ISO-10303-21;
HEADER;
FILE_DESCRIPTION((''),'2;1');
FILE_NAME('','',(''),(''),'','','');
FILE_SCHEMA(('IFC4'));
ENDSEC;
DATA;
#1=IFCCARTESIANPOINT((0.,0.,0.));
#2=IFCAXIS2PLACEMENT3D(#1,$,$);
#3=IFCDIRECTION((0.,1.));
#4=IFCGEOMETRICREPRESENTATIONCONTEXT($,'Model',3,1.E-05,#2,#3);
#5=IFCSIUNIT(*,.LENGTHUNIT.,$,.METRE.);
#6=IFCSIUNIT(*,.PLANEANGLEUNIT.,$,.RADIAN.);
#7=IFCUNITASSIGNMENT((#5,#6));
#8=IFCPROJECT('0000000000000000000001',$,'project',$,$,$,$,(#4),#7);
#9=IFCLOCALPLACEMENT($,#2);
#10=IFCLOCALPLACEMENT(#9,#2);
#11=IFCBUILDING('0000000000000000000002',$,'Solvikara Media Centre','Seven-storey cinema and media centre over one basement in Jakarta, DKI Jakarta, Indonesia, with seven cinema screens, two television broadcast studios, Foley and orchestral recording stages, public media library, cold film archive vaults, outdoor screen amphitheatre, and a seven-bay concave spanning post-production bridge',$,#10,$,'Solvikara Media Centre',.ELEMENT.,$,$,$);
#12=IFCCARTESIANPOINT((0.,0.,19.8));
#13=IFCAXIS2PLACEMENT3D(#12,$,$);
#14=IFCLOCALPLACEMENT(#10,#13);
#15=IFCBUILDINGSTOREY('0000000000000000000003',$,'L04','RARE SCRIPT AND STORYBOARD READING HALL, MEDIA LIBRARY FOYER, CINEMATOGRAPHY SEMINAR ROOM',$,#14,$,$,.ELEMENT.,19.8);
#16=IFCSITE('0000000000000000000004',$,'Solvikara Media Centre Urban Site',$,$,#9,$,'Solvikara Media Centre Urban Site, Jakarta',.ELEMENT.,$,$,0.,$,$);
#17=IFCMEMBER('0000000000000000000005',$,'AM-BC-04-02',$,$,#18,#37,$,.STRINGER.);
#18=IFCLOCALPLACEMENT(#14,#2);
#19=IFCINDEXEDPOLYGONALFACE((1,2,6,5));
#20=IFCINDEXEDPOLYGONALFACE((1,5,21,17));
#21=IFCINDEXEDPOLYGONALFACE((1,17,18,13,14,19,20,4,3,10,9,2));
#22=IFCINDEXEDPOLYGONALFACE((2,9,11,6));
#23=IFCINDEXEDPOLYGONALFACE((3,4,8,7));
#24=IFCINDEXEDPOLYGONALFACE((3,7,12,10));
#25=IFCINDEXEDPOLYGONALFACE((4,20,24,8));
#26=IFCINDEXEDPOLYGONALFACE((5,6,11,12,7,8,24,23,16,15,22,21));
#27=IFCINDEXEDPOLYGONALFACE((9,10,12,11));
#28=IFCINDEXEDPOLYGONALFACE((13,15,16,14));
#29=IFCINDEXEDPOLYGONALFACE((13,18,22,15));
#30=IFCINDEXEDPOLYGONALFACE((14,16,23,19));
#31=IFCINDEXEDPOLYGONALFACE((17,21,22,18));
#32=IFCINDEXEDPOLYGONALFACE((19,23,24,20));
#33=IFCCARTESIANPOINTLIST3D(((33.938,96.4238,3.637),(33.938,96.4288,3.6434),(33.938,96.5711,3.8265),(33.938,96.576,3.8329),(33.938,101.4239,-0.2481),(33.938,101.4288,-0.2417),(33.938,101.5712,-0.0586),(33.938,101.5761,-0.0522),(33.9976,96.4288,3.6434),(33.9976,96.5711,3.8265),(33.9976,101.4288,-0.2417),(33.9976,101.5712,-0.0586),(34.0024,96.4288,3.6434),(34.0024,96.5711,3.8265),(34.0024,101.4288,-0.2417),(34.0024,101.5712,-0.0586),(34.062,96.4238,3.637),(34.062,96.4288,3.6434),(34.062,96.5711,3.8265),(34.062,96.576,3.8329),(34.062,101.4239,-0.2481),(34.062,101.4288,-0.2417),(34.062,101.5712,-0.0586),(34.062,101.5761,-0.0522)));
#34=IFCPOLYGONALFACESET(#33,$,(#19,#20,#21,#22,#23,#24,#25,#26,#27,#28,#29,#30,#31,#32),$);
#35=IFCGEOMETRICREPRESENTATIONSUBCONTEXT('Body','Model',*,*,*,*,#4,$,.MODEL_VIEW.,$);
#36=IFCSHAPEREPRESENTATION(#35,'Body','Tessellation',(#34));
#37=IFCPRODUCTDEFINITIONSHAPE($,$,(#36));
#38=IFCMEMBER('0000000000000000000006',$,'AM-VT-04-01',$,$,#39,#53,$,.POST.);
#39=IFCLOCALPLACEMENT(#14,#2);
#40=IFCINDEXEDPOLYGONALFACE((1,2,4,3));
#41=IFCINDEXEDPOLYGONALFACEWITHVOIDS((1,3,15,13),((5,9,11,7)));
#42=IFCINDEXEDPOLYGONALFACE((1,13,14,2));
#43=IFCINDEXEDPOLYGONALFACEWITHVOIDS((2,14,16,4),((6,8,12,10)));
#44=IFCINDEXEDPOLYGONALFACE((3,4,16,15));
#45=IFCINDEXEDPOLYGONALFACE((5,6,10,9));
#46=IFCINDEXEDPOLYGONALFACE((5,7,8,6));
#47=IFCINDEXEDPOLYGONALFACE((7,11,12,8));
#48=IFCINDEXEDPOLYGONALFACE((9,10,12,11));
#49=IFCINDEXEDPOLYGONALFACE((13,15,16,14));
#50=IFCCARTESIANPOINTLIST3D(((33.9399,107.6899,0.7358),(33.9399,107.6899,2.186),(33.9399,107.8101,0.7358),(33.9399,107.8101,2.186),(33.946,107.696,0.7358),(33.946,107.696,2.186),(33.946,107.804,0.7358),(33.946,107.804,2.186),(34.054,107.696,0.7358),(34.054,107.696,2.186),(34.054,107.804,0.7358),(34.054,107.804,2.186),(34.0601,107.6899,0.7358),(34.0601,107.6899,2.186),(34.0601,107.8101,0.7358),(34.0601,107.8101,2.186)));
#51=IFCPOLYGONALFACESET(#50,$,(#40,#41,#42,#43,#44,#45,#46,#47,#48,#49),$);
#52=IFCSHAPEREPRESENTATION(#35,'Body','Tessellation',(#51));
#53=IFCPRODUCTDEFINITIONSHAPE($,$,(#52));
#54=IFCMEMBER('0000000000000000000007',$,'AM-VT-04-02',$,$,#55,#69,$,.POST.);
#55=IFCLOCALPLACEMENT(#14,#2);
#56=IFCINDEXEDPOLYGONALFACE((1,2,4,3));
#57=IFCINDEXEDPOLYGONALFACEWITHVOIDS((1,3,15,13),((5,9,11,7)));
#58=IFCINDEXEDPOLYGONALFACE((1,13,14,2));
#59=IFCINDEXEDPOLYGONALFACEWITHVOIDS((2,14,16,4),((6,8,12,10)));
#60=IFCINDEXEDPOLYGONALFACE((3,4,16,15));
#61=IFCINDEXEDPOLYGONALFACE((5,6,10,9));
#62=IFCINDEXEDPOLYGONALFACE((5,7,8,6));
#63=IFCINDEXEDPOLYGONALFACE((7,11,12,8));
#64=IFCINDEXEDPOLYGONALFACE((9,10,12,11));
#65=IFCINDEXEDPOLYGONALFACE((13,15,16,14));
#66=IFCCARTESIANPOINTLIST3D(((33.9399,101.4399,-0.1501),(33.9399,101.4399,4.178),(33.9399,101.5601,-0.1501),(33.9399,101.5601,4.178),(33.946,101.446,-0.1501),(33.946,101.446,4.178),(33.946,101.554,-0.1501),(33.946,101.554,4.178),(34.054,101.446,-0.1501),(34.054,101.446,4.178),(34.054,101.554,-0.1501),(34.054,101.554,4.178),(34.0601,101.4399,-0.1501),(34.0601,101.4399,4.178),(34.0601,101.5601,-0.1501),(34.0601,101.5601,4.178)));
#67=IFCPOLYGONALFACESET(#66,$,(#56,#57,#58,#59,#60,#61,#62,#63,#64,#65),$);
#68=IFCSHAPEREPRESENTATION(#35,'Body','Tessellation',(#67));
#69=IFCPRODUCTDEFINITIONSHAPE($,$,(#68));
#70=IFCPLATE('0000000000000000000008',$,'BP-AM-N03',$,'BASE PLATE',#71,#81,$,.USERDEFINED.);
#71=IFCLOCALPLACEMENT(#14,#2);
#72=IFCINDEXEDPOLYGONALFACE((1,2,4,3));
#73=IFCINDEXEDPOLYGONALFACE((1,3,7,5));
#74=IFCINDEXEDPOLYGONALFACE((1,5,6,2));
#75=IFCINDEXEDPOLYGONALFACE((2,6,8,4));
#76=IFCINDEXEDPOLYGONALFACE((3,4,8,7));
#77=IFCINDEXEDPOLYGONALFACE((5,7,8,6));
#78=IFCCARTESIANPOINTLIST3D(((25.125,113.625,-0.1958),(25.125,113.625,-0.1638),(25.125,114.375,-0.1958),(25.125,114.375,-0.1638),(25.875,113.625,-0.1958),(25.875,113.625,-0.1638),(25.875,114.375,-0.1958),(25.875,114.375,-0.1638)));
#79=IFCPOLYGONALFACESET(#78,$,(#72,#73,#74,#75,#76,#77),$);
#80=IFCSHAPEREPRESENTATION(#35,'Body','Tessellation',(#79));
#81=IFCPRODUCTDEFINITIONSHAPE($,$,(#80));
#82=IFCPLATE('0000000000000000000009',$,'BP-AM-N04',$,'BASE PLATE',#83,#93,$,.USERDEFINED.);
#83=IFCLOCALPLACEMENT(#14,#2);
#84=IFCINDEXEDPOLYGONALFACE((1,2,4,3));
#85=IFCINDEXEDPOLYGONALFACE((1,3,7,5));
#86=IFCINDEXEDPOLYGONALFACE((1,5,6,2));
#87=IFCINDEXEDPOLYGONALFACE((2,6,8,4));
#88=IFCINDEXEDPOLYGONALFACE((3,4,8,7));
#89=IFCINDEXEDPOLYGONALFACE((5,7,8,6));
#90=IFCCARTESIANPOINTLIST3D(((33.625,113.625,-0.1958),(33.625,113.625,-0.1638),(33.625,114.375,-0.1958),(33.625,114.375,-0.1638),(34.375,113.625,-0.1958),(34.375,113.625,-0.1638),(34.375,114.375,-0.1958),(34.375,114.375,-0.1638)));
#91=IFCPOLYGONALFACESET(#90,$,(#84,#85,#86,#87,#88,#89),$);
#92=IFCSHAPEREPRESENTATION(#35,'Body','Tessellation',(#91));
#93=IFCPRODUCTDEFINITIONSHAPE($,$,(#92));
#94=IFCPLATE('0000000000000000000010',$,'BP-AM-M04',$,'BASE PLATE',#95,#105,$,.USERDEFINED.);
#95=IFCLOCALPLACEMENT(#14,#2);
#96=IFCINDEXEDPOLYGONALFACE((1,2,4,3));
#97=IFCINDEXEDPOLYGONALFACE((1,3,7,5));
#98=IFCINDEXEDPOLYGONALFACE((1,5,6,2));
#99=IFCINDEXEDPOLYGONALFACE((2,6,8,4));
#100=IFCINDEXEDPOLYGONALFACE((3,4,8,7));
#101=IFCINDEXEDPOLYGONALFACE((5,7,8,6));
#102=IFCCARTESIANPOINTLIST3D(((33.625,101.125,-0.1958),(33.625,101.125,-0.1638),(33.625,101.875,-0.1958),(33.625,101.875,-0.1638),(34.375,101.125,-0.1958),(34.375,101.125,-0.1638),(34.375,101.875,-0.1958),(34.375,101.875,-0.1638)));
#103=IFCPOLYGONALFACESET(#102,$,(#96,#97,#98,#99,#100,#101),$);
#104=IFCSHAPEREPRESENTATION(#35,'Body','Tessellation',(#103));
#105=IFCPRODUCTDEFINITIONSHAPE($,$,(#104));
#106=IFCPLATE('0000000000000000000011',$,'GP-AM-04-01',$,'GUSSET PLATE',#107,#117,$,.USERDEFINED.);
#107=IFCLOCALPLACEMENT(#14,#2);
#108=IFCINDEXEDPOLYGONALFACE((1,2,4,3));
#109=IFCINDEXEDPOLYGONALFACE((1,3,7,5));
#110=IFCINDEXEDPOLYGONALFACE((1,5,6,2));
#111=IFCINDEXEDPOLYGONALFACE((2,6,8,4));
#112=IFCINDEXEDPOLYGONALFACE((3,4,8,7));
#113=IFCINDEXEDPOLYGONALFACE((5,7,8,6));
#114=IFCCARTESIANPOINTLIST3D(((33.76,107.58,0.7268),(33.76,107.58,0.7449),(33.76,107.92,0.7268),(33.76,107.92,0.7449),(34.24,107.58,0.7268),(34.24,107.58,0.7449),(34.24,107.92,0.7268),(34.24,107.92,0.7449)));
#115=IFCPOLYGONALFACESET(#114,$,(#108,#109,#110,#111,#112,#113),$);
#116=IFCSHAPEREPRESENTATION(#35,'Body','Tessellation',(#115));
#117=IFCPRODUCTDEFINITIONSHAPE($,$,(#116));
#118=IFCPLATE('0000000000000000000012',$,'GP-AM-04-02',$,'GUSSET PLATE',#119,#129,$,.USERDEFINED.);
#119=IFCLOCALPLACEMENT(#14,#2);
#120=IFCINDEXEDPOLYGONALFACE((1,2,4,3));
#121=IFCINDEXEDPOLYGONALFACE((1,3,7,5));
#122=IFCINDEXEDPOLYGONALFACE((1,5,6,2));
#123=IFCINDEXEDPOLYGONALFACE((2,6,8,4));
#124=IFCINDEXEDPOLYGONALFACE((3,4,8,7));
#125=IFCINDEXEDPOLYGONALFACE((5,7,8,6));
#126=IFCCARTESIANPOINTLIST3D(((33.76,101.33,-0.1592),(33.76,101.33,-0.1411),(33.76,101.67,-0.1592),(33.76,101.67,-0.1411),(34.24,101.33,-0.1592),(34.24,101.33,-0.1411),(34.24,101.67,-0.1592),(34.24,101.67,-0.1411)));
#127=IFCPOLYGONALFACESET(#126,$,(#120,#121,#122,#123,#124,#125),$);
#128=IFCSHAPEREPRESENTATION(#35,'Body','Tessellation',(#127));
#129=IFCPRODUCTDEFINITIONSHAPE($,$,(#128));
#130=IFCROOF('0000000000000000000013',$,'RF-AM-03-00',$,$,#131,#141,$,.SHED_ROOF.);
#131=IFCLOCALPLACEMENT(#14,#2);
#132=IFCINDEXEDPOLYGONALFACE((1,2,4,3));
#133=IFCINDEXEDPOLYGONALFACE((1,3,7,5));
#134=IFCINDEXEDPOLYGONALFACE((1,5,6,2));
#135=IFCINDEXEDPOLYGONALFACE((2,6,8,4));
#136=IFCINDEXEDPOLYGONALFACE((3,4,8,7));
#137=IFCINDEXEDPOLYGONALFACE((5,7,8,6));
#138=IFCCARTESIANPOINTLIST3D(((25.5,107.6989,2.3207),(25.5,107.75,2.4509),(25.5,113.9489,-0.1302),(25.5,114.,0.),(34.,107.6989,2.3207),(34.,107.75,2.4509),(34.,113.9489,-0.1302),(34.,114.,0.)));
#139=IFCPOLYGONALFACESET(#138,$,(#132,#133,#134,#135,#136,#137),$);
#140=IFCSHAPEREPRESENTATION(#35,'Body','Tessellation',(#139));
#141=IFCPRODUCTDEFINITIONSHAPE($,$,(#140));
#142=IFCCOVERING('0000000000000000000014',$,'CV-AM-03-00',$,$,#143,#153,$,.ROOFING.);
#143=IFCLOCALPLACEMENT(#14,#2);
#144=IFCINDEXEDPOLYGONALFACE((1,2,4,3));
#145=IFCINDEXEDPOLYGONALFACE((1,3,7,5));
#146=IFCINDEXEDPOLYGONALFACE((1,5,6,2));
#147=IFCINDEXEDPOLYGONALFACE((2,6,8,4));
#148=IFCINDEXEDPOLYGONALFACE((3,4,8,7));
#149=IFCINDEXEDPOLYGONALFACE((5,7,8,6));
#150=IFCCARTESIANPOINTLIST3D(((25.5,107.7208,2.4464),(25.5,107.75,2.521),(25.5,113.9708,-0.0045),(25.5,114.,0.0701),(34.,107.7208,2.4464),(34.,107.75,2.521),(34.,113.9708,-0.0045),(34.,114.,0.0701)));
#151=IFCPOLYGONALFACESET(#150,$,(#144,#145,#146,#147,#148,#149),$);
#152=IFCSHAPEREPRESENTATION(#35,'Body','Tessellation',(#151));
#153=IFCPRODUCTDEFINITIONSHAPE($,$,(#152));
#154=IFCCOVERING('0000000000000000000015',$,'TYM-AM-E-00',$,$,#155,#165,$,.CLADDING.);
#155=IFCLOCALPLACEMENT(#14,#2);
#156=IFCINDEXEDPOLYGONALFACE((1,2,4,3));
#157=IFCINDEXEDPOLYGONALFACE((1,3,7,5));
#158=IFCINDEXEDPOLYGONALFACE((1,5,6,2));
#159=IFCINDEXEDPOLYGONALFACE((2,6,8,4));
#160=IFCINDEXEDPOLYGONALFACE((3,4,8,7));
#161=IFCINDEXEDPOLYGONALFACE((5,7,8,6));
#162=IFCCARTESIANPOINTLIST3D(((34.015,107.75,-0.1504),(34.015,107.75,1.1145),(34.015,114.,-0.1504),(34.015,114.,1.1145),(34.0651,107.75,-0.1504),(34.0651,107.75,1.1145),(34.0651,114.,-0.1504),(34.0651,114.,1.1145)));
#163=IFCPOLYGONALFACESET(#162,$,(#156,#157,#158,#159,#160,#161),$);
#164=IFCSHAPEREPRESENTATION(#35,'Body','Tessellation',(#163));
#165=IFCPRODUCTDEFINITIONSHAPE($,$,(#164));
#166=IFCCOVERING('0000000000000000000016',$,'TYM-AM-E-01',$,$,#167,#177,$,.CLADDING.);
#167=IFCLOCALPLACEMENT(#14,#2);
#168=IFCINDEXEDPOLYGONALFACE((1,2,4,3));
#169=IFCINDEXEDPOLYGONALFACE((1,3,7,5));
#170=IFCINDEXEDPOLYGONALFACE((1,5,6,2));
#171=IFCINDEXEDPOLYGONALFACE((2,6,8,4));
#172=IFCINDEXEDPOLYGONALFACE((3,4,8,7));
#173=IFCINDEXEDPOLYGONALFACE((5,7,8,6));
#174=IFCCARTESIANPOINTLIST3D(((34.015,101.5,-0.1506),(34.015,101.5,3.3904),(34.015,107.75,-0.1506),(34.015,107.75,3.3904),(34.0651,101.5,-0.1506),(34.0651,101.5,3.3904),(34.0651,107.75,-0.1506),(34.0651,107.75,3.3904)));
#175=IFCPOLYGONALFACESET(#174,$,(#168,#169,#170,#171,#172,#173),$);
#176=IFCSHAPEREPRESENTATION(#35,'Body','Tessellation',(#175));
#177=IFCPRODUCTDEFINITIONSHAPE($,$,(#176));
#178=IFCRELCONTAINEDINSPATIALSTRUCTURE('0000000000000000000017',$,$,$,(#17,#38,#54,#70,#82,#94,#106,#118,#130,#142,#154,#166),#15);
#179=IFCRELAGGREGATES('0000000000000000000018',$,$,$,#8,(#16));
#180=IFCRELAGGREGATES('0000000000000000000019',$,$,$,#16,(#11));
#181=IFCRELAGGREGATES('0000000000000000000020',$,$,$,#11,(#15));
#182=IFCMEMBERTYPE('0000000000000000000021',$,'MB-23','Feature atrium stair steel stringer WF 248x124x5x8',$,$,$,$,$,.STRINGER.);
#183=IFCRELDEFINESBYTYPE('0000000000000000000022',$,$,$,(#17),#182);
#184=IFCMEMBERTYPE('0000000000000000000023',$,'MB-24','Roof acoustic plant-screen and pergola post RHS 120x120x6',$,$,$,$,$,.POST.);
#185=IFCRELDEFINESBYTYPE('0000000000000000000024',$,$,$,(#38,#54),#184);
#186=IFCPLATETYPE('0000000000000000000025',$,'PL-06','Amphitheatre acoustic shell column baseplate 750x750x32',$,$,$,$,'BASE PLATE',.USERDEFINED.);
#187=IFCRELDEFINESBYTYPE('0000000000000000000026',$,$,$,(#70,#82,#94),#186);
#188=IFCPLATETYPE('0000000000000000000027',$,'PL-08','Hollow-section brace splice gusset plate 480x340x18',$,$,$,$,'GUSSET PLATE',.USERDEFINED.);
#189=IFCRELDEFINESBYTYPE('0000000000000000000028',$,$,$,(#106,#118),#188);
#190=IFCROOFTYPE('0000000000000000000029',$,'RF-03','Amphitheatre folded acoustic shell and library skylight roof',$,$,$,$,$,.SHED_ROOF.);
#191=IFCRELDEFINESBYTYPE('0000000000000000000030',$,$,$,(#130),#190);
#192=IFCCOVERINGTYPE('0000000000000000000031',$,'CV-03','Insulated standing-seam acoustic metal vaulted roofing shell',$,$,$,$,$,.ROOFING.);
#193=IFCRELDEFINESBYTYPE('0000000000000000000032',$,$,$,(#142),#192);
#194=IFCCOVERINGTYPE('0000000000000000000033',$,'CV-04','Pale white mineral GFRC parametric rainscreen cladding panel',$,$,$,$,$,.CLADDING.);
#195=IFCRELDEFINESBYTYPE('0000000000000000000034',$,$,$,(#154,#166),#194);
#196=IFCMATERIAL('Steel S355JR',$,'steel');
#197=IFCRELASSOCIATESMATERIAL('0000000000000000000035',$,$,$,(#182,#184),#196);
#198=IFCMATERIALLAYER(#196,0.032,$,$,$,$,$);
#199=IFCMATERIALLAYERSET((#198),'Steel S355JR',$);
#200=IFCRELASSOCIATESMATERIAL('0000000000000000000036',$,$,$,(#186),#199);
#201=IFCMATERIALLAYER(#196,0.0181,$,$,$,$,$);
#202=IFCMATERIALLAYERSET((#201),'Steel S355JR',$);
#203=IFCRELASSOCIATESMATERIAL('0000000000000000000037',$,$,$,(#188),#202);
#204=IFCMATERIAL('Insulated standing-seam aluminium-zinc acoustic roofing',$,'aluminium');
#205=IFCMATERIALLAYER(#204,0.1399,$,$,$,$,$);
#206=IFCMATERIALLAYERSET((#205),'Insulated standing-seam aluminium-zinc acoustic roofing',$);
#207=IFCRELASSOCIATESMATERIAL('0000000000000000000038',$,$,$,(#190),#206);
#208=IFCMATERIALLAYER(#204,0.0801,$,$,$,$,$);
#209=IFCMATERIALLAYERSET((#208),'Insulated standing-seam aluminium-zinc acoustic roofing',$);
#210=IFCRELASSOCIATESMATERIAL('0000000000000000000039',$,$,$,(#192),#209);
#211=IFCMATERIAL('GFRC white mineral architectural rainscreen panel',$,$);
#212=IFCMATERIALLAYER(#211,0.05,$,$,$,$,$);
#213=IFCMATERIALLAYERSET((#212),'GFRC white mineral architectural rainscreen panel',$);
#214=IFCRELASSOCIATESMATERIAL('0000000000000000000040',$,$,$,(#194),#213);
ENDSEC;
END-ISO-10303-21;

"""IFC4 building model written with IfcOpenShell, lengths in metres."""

from ifc_helpers import new_model, si_unit, direction, frame, origin, origin_2d, place, context, subcontext, project, spatial, polyline, rectangle, hollow_rectangle, i_section, outline, extrude, material, layer, layer_set, material_profile, profile_set, type_object, element, save


model = new_model("IFC4")

# Units and contexts
model_context = context("Model", 3, precision=1e-05, world=origin(), true_north=direction((0.0, 1.0)))
body_context = subcontext(model_context, "Body", "Model", "MODEL_VIEW")
ifc_project = project(units=[si_unit("LENGTHUNIT", "METRE"), si_unit("PLANEANGLEUNIT", "RADIAN")], contexts=[model_context])

# Site, building, storey
site_placement = place(None, origin())
site = spatial("IfcSite", under=ifc_project, at=site_placement, Name="Solvikara Media Centre Urban Site", LongName="Solvikara Media Centre Urban Site, Jakarta", CompositionType="ELEMENT", RefElevation=0.0)
building_placement = place(site_placement, origin())
building = spatial("IfcBuilding", under=site, at=building_placement, Name="Solvikara Media Centre", Description="Seven-storey cinema and media centre over one basement in Jakarta, DKI Jakarta, Indonesia, with seven cinema screens, two television broadcast studios, Foley and orchestral recording stages, public media library, cold film archive vaults, outdoor screen amphitheatre, and a seven-bay concave spanning post-production bridge", LongName="Solvikara Media Centre", CompositionType="ELEMENT")
storey_placement = place(building_placement, frame((0.0, 0.0, 19.8)))
storey = spatial("IfcBuildingStorey", under=building, at=storey_placement, Name="L04", Description="RARE SCRIPT AND STORYBOARD READING HALL, MEDIA LIBRARY FOYER, CINEMATOGRAPHY SEMINAR ROOM", CompositionType="ELEMENT", Elevation=19.8)

# Shared definitions
ifc_material_1 = material(Name="Steel S355JR", Category="steel")

# Members
ifc_material_profile_1 = material_profile(ifc_material_1, i_section(OverallWidth=0.124, OverallDepth=0.248, WebThickness=0.0049, FlangeThickness=0.0081, at=origin_2d()), Name="WF 248x124x5x8")
ifc_profile_set_1 = profile_set([ifc_material_profile_1], Name="Steel S355JR")
member_type_1 = type_object("IfcMemberType", Name="MB-23", Description="Feature atrium stair steel stringer WF 248x124x5x8", PredefinedType="STRINGER", material=ifc_profile_set_1)
member_1_placement = place(storey_placement, frame((34.0, 101.5, -0.1501), z_axis=(0.0, -0.789649, 0.613559), x_axis=(1.0, 0.0, 0.0)))
element("IfcMember", 1, at=member_1_placement, inside=storey, type_object=member_type_1, Name="AM-BC-04-02", PredefinedType="STRINGER", context=body_context, shape_type="SweptSolid", body=[
    extrude(i_section(OverallWidth=0.124, OverallDepth=0.248, WebThickness=0.0049, FlangeThickness=0.0081, at=origin_2d()), origin(), (0.0, 0.0, 1.0), 6.332),
])
ifc_material_profile_2 = material_profile(ifc_material_1, hollow_rectangle(XDim=0.1201, YDim=0.1201, WallThickness=0.0061, at=origin_2d()), Name="RHS 120x120x6")
ifc_profile_set_2 = profile_set([ifc_material_profile_2], Name="Steel S355JR")
member_type_2 = type_object("IfcMemberType", Name="MB-24", Description="Roof acoustic plant-screen and pergola post RHS 120x120x6", PredefinedType="POST", material=ifc_profile_set_2)
member_2_placement = place(storey_placement, frame((34.0, 107.75, 0.7358), z_axis=(0.0, 0.0, 1.0), x_axis=(1.0, 0.0, 0.0)))
element("IfcMember", 2, at=member_2_placement, inside=storey, type_object=member_type_2, Name="AM-VT-04-01", PredefinedType="POST", context=body_context, shape_type="SweptSolid", body=[
    extrude(hollow_rectangle(XDim=0.1201, YDim=0.1201, WallThickness=0.0061, at=origin_2d()), origin(), (0.0, 0.0, 1.0), 1.4502),
])
member_3_placement = place(storey_placement, frame((34.0, 101.5, -0.1501), z_axis=(0.0, 0.0, 1.0), x_axis=(1.0, 0.0, 0.0)))
element("IfcMember", 3, at=member_3_placement, inside=storey, type_object=member_type_2, Name="AM-VT-04-02", PredefinedType="POST", context=body_context, shape_type="SweptSolid", body=[
    extrude(hollow_rectangle(XDim=0.1201, YDim=0.1201, WallThickness=0.0061, at=origin_2d()), origin(), (0.0, 0.0, 1.0), 4.3281),
])

# Plates
ifc_layer_1 = layer(ifc_material_1, 0.032)
ifc_layer_set_1 = layer_set([ifc_layer_1], Name="Steel S355JR")
plate_type_1 = type_object("IfcPlateType", Name="PL-06", Description="Amphitheatre acoustic shell column baseplate 750x750x32", ElementType="BASE PLATE", PredefinedType="USERDEFINED", material=ifc_layer_set_1)
for number, where, z_axis, x_axis, name in (
    (4, (25.5, 114.0, -0.1958), (0.0, 0.0, 1.0), (1.0, 0.0, 0.0), "BP-AM-N03"),
    (5, (34.0, 114.0, -0.1958), (0.0, 0.0, 1.0), (1.0, 0.0, 0.0), "BP-AM-N04"),
    (6, (34.0, 101.5, -0.1958), (0.0, 0.0, 1.0), (1.0, 0.0, 0.0), "BP-AM-M04"),
):
    element("IfcPlate", number, at=place(storey_placement, frame(where, z_axis=z_axis, x_axis=x_axis)), inside=storey, type_object=plate_type_1, Name=name, ObjectType="BASE PLATE", PredefinedType="USERDEFINED", context=body_context, shape_type="SweptSolid", body=[
        extrude(rectangle(XDim=0.75, YDim=0.75, at=origin_2d()), origin(), (0.0, 0.0, 1.0), 0.032),
    ])
ifc_layer_2 = layer(ifc_material_1, 0.0181)
ifc_layer_set_2 = layer_set([ifc_layer_2], Name="Steel S355JR")
plate_type_2 = type_object("IfcPlateType", Name="PL-08", Description="Hollow-section brace splice gusset plate 480x340x18", ElementType="GUSSET PLATE", PredefinedType="USERDEFINED", material=ifc_layer_set_2)
for number, where, z_axis, x_axis, name in (
    (7, (34.0, 107.75, 0.7268), (0.0, 0.0, 1.0), (1.0, 0.0, 0.0), "GP-AM-04-01"),
    (8, (34.0, 101.5, -0.1592), (0.0, 0.0, 1.0), (1.0, 0.0, 0.0), "GP-AM-04-02"),
):
    element("IfcPlate", number, at=place(storey_placement, frame(where, z_axis=z_axis, x_axis=x_axis)), inside=storey, type_object=plate_type_2, Name=name, ObjectType="GUSSET PLATE", PredefinedType="USERDEFINED", context=body_context, shape_type="SweptSolid", body=[
        extrude(rectangle(XDim=0.48, YDim=0.3401, at=origin_2d()), origin(), (0.0, 0.0, 1.0), 0.0181),
    ])

# Roof
ifc_material_2 = material(Name="Insulated standing-seam aluminium-zinc acoustic roofing", Category="aluminium")
ifc_layer_3 = layer(ifc_material_2, 0.1399)
ifc_layer_set_3 = layer_set([ifc_layer_3], Name="Insulated standing-seam aluminium-zinc acoustic roofing")
roof_type = type_object("IfcRoofType", Name="RF-03", Description="Amphitheatre folded acoustic shell and library skylight roof", PredefinedType="SHED_ROOF", material=ifc_layer_set_3)
roof_placement = place(storey_placement, frame((25.5, 114.0, 0.0), z_axis=(0.0, 0.365081, 0.930976), x_axis=(1.0, 0.0, 0.0)))
element("IfcRoof", 9, at=roof_placement, inside=storey, type_object=roof_type, Name="RF-AM-03-00", PredefinedType="SHED_ROOF", context=body_context, shape_type="SweptSolid", body=[
    extrude(outline(polyline([(0.0, 0.0), (8.5, 0.0), (8.5, -6.7134), (0.0, -6.7134), (0.0, 0.0)])), origin(), (0.0, 0.0, -1.0), 0.1399),
])

# Coverings
ifc_layer_4 = layer(ifc_material_2, 0.0801)
ifc_layer_set_4 = layer_set([ifc_layer_4], Name="Insulated standing-seam aluminium-zinc acoustic roofing")
covering_type_1 = type_object("IfcCoveringType", Name="CV-03", Description="Insulated standing-seam acoustic metal vaulted roofing shell", PredefinedType="ROOFING", material=ifc_layer_set_4)
covering_1_placement = place(storey_placement, frame((25.5, 114.0, 0.0701), z_axis=(0.0, 0.365081, 0.930976), x_axis=(1.0, 0.0, 0.0)))
element("IfcCovering", 10, at=covering_1_placement, inside=storey, type_object=covering_type_1, Name="CV-AM-03-00", PredefinedType="ROOFING", context=body_context, shape_type="SweptSolid", body=[
    extrude(outline(polyline([(0.0, 0.0), (8.5, 0.0), (8.5, -6.7134), (0.0, -6.7134), (0.0, 0.0)])), origin(), (0.0, 0.0, -1.0), 0.0801),
])
ifc_material_3 = material(Name="GFRC white mineral architectural rainscreen panel")
ifc_layer_5 = layer(ifc_material_3, 0.05)
ifc_layer_set_5 = layer_set([ifc_layer_5], Name="GFRC white mineral architectural rainscreen panel")
covering_type_2 = type_object("IfcCoveringType", Name="CV-04", Description="Pale white mineral GFRC parametric rainscreen cladding panel", PredefinedType="CLADDING", material=ifc_layer_set_5)
covering_2_placement = place(storey_placement, frame((34.04, 110.875, -0.1504), z_axis=(0.0, 0.0, 1.0), x_axis=(0.0, -1.0, 0.0)))
element("IfcCovering", 11, at=covering_2_placement, inside=storey, type_object=covering_type_2, Name="TYM-AM-E-00", PredefinedType="CLADDING", context=body_context, shape_type="SweptSolid", body=[
    extrude(rectangle(XDim=6.25, YDim=0.05, at=origin_2d()), origin(), (0.0, 0.0, 1.0), 1.2649),
])
covering_3_placement = place(storey_placement, frame((34.04, 104.625, -0.1506), z_axis=(0.0, 0.0, 1.0), x_axis=(0.0, -1.0, 0.0)))
element("IfcCovering", 12, at=covering_3_placement, inside=storey, type_object=covering_type_2, Name="TYM-AM-E-01", PredefinedType="CLADDING", context=body_context, shape_type="SweptSolid", body=[
    extrude(rectangle(XDim=6.25, YDim=0.05, at=origin_2d()), origin(), (0.0, 0.0, 1.0), 3.541),
])

save(model, "model.ifc")
